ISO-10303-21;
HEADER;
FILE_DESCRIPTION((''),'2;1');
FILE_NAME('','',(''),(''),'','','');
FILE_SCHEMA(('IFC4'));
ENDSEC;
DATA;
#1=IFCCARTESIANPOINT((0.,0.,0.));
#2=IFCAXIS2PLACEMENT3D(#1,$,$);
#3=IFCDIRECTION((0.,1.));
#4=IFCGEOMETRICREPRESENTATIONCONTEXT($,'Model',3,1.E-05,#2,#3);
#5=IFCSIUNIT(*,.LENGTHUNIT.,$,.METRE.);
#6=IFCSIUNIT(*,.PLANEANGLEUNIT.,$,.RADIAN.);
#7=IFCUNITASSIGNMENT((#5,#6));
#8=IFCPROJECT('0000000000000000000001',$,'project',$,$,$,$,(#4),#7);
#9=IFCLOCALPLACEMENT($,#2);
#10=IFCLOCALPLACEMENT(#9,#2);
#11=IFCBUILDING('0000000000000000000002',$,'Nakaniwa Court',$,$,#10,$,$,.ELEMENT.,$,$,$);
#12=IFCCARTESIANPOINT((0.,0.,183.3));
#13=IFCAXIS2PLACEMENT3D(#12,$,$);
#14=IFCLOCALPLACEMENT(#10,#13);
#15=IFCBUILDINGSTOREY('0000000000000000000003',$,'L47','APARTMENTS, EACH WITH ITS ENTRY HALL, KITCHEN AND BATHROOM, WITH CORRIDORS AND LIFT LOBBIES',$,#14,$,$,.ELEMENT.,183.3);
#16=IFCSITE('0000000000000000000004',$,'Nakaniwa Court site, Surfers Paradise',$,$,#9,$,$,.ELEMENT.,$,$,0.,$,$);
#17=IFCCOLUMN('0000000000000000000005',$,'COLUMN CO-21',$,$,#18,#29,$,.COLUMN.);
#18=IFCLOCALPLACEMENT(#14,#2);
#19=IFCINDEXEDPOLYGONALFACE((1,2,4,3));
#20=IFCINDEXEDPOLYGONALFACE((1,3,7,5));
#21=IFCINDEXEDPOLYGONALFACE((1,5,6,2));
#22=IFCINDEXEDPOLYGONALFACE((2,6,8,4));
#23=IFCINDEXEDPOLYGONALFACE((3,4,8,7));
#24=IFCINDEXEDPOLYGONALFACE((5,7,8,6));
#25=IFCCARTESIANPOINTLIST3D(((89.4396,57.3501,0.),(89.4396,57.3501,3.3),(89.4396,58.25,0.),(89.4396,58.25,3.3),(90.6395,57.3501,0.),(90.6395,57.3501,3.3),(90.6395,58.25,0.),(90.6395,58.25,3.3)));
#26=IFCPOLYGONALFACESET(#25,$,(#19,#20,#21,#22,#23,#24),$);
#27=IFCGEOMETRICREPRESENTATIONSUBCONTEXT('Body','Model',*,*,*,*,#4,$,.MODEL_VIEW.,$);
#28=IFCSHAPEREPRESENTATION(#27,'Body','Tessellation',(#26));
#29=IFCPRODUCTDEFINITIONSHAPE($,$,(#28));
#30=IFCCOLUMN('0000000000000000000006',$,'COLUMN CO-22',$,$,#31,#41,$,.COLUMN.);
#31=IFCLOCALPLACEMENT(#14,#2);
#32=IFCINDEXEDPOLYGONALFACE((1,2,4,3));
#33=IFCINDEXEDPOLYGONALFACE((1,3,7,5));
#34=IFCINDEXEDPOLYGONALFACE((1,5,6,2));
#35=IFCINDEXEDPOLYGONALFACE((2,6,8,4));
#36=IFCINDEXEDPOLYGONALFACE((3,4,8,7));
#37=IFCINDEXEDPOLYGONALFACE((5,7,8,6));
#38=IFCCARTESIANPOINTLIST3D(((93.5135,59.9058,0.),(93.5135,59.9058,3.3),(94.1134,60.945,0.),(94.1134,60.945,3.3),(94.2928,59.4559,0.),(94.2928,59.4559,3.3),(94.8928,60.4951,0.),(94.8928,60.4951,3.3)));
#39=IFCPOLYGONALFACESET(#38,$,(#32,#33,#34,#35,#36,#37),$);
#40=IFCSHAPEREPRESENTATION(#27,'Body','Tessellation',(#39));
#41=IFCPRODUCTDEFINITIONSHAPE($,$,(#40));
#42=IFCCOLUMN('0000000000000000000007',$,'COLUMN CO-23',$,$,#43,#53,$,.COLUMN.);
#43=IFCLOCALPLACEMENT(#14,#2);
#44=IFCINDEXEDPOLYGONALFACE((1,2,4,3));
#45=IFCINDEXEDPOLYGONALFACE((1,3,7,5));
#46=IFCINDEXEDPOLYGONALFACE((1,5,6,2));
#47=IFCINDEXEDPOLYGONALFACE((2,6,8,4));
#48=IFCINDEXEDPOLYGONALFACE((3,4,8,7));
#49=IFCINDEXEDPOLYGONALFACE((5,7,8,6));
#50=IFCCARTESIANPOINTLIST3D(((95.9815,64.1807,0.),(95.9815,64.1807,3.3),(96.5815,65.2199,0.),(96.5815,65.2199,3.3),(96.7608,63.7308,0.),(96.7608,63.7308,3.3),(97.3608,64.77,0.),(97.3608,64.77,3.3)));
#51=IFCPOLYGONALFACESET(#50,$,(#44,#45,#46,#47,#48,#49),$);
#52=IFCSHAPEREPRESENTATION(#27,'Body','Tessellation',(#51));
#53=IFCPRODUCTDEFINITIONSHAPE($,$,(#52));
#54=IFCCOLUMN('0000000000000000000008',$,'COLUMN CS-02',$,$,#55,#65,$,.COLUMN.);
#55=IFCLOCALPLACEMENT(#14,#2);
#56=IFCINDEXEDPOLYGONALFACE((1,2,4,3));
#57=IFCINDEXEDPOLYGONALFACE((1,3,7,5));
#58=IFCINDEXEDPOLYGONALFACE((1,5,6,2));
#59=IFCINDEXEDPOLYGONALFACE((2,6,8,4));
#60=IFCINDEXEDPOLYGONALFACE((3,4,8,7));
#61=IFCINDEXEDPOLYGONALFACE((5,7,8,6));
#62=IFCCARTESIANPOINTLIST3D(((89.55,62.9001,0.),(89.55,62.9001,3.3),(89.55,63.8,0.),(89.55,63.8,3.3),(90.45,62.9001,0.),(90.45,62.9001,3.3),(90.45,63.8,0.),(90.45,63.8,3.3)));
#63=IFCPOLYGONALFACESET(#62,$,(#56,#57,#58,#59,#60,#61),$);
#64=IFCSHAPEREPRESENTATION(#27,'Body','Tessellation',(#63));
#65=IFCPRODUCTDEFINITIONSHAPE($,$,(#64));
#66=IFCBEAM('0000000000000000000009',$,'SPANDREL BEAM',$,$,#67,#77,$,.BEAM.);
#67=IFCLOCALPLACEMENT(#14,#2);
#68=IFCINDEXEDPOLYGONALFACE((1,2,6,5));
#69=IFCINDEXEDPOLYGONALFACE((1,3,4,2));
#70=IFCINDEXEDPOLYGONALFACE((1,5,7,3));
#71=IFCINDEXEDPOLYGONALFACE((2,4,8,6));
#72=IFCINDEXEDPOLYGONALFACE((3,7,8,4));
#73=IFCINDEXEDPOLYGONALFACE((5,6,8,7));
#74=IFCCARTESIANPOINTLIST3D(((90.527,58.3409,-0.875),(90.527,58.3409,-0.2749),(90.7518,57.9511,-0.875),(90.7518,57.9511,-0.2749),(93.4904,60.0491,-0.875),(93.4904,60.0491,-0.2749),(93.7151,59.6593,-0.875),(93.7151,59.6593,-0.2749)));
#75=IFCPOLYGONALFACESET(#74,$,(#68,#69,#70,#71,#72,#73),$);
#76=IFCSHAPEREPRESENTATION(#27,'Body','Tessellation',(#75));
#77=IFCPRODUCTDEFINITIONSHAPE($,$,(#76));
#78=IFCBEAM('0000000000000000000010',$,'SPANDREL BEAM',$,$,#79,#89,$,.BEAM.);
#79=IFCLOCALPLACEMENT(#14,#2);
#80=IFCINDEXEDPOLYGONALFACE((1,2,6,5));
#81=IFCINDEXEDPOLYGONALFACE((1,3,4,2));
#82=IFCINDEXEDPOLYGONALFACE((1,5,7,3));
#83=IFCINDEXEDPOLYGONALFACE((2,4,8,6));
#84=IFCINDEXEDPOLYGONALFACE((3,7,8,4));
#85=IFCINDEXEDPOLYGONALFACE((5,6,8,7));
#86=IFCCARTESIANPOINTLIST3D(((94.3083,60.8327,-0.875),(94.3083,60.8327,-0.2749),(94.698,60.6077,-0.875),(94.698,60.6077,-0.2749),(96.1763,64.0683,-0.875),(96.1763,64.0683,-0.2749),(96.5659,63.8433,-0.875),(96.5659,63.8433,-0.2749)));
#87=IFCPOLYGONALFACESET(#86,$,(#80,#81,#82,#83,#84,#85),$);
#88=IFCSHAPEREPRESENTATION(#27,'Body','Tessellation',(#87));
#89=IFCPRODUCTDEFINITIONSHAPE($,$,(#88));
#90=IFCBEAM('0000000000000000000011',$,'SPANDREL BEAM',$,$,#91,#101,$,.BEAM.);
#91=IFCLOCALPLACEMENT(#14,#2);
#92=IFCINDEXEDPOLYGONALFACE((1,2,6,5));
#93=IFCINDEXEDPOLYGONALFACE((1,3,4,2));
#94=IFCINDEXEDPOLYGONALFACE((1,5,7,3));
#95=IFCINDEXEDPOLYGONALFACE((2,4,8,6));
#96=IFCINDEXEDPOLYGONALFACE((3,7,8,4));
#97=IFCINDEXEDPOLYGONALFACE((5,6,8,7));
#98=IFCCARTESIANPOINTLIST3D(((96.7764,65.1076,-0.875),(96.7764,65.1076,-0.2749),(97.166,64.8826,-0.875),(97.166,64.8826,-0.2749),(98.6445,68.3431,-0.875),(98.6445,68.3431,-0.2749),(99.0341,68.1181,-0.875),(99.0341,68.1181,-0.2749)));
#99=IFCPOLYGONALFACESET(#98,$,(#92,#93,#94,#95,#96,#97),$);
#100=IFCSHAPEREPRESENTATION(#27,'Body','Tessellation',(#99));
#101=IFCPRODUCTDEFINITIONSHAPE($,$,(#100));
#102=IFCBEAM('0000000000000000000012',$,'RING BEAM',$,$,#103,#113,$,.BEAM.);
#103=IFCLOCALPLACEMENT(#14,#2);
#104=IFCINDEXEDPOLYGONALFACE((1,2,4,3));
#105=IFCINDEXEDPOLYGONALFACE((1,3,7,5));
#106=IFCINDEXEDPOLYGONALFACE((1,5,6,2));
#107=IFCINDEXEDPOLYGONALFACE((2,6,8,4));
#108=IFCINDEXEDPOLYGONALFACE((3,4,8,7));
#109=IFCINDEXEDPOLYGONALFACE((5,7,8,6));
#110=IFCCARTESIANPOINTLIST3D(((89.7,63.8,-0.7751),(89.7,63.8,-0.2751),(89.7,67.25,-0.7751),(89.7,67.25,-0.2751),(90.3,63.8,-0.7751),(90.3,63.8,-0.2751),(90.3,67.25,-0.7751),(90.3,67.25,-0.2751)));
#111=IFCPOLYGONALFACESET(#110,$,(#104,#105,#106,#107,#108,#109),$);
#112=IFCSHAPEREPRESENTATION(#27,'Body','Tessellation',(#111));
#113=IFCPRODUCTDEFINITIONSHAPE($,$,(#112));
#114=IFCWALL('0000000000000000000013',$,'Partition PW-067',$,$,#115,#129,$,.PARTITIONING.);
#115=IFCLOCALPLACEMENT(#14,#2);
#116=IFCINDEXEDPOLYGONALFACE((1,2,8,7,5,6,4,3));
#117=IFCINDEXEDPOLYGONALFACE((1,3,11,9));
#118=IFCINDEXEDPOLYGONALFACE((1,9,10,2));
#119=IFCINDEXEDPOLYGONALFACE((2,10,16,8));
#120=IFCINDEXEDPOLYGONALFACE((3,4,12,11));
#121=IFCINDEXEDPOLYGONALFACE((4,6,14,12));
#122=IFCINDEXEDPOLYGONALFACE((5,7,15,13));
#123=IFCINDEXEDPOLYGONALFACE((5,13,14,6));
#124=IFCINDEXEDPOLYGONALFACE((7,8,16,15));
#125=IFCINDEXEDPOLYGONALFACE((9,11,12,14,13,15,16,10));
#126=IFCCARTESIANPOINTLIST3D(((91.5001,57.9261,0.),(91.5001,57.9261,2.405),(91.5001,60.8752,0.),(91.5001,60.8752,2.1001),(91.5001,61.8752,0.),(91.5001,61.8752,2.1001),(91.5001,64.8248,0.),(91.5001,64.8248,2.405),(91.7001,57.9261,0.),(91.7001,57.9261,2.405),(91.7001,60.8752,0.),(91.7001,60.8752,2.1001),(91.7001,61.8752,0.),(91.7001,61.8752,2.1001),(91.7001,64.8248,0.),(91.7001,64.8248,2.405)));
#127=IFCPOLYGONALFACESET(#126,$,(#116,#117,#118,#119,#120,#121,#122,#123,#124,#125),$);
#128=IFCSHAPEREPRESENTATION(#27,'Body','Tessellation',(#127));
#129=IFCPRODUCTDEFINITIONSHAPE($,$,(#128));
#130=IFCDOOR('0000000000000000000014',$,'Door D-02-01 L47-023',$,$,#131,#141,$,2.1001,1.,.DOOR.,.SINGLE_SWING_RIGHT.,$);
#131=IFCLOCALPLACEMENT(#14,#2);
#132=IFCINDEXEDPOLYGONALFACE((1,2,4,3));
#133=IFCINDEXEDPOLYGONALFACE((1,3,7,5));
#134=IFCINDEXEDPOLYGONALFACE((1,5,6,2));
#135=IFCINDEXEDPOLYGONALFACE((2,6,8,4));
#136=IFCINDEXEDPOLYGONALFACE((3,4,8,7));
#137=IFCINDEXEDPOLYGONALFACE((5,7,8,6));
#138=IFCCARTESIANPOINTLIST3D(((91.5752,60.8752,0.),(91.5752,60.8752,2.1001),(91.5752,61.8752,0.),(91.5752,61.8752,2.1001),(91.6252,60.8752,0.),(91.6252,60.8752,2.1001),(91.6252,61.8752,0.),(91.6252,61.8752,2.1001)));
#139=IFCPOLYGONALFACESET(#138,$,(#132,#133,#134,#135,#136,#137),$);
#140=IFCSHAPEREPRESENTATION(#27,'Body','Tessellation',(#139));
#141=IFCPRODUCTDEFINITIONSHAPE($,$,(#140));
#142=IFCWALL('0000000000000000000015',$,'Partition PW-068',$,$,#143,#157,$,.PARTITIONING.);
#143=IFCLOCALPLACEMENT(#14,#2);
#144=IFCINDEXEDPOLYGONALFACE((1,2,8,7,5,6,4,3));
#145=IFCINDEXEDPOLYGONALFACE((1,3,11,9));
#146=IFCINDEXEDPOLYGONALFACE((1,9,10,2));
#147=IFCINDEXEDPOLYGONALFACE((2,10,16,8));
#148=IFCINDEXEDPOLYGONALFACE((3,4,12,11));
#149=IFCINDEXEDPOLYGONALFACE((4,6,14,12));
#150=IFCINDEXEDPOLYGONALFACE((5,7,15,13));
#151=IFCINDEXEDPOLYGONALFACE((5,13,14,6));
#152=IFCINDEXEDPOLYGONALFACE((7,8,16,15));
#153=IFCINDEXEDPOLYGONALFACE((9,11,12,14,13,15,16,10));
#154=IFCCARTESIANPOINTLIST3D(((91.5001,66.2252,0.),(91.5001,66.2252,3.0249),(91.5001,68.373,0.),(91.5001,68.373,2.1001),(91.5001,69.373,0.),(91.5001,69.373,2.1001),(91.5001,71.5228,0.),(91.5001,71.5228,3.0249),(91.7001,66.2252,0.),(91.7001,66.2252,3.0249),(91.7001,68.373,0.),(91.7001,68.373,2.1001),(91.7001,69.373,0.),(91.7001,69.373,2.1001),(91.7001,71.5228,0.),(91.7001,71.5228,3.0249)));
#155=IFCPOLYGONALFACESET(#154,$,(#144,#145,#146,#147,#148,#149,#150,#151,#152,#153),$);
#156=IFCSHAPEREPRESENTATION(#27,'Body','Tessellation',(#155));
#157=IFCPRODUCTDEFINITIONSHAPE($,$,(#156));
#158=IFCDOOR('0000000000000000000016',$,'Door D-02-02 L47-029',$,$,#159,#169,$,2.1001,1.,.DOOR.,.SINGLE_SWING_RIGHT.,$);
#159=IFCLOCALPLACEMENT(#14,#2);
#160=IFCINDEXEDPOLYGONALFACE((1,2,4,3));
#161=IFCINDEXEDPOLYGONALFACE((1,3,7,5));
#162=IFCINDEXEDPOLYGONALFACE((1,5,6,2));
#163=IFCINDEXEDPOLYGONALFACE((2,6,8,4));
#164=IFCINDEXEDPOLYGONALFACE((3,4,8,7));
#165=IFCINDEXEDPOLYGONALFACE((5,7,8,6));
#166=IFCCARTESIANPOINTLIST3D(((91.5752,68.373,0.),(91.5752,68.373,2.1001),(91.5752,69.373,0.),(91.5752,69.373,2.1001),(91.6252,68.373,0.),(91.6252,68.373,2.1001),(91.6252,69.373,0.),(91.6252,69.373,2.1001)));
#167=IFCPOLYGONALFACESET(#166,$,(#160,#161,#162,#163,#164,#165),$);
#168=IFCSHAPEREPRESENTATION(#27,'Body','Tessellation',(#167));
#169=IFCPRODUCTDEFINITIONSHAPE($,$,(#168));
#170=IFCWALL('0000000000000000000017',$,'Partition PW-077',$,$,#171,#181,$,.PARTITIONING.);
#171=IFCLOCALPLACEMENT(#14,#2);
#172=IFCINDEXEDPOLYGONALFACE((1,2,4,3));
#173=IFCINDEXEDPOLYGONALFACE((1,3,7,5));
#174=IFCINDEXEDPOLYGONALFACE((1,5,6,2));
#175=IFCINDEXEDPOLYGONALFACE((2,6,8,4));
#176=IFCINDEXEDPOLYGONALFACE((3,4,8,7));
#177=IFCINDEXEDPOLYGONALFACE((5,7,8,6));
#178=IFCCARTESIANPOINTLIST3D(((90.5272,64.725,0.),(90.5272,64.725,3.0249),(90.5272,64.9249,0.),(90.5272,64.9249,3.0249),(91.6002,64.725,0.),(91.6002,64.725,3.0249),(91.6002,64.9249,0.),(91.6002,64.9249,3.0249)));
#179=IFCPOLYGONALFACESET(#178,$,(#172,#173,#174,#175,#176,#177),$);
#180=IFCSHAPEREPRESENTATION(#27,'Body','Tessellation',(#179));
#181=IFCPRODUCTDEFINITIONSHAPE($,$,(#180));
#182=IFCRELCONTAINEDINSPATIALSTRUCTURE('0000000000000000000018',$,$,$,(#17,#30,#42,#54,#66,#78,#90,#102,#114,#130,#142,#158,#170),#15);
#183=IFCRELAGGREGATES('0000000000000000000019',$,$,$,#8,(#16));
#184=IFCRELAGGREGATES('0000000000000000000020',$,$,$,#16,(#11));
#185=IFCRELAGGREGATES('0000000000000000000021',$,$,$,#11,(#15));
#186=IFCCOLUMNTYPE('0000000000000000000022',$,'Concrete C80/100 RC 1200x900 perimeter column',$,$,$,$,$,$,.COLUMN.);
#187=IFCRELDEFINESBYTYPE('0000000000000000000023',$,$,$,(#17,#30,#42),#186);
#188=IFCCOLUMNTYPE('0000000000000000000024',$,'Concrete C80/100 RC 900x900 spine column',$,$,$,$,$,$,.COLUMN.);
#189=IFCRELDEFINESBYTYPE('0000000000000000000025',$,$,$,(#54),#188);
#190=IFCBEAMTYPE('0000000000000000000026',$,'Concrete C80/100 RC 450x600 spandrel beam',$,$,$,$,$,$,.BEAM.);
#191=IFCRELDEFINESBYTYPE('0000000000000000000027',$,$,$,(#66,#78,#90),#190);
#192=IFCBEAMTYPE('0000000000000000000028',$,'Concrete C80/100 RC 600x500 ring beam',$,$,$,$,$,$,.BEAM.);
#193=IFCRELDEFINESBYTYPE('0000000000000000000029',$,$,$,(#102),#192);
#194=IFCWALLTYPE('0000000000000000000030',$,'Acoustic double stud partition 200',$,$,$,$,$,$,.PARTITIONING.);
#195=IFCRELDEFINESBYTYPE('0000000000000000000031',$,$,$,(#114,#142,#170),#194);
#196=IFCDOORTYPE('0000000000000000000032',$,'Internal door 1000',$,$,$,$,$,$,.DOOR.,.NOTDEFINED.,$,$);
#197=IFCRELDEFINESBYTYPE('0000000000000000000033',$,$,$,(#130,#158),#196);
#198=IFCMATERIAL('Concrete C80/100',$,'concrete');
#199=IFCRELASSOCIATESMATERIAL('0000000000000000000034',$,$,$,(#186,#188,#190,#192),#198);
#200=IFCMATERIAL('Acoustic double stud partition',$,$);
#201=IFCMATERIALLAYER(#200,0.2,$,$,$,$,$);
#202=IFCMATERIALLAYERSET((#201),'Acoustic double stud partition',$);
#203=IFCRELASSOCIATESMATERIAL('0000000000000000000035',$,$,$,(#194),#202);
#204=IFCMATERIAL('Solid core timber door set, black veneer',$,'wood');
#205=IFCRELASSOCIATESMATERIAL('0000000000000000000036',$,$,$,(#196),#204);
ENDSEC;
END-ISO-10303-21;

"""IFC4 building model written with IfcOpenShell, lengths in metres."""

from ifc_helpers import new_model, si_unit, direction, frame, frame_2d, origin, origin_2d, place, context, subcontext, project, spatial, rectangle, extrude, material, layer, layer_set, material_profile, profile_set, type_object, element, fill, save


model = new_model("IFC4")

# Units and contexts
model_context = context("Model", 3, precision=1e-05, world=origin(), true_north=direction((0.0, 1.0)))
body_context = subcontext(model_context, "Body", "Model", "MODEL_VIEW")
ifc_project = project(units=[si_unit("LENGTHUNIT", "METRE"), si_unit("PLANEANGLEUNIT", "RADIAN")], contexts=[model_context])

# Site, building, storey
site_placement = place(None, origin())
site = spatial("IfcSite", under=ifc_project, at=site_placement, Name="Nakaniwa Court site, Surfers Paradise", CompositionType="ELEMENT", RefElevation=0.0)
building_placement = place(site_placement, origin())
building = spatial("IfcBuilding", under=site, at=building_placement, Name="Nakaniwa Court", CompositionType="ELEMENT")
storey_placement = place(building_placement, frame((0.0, 0.0, 183.3)))
storey = spatial("IfcBuildingStorey", under=building, at=storey_placement, Name="L47", Description="APARTMENTS, EACH WITH ITS ENTRY HALL, KITCHEN AND BATHROOM, WITH CORRIDORS AND LIFT LOBBIES", CompositionType="ELEMENT", Elevation=183.3)

# Columns
ifc_material_1 = material(Name="Concrete C80/100", Category="concrete")
ifc_material_profile_1 = material_profile(ifc_material_1, rectangle(XDim=1.2, YDim=0.8999, at=origin_2d()), Name="Concrete C80/100 RC 1200x900 perimeter column")
ifc_profile_set_1 = profile_set([ifc_material_profile_1], Name="Concrete C80/100")
column_type_1 = type_object("IfcColumnType", Name="Concrete C80/100 RC 1200x900 perimeter column", PredefinedType="COLUMN", material=ifc_profile_set_1)
for number, where, z_axis, x_axis, name in (
    (1, (90.0396, 57.8, 0.0), (0.0, 0.0, 1.0), (1.0, 0.0, 0.0), "COLUMN CO-21"),
    (2, (94.2031, 60.2004, 0.0), (0.0, 0.0, 1.0), (0.5, 0.866025, 0.0), "COLUMN CO-22"),
    (3, (96.6711, 64.4753, 0.0), (0.0, 0.0, 1.0), (0.5, 0.866025, 0.0), "COLUMN CO-23"),
):
    element("IfcColumn", number, at=place(storey_placement, frame(where, z_axis=z_axis, x_axis=x_axis)), inside=storey, type_object=column_type_1, Name=name, PredefinedType="COLUMN", context=body_context, shape_type="SweptSolid", body=[
        extrude(rectangle(XDim=1.2, YDim=0.8999, at=origin_2d()), origin(), (0.0, 0.0, 1.0), 3.3),
    ])
ifc_material_profile_2 = material_profile(ifc_material_1, rectangle(XDim=0.8999, YDim=0.8999, at=origin_2d()), Name="Concrete C80/100 RC 900x900 spine column")
ifc_profile_set_2 = profile_set([ifc_material_profile_2], Name="Concrete C80/100")
column_type_2 = type_object("IfcColumnType", Name="Concrete C80/100 RC 900x900 spine column", PredefinedType="COLUMN", material=ifc_profile_set_2)
column_placement = place(storey_placement, frame((90.0, 63.3501, 0.0), z_axis=(0.0, 0.0, 1.0), x_axis=(0.0, 1.0, 0.0)))
element("IfcColumn", 4, at=column_placement, inside=storey, type_object=column_type_2, Name="COLUMN CS-02", PredefinedType="COLUMN", context=body_context, shape_type="SweptSolid", body=[
    extrude(rectangle(XDim=0.8999, YDim=0.8999, at=origin_2d()), origin(), (0.0, 0.0, 1.0), 3.3),
])

# Beams
ifc_material_profile_3 = material_profile(ifc_material_1, rectangle(XDim=0.45, YDim=0.6001, at=origin_2d()), Name="Concrete C80/100 RC 450x600 spandrel beam")
ifc_profile_set_3 = profile_set([ifc_material_profile_3], Name="Concrete C80/100")
beam_type_1 = type_object("IfcBeamType", Name="Concrete C80/100 RC 450x600 spandrel beam", PredefinedType="BEAM", material=ifc_profile_set_3)
beam_1_placement = place(storey_placement, frame((90.6394, 58.146, -0.575), z_axis=(0.866361, 0.499418, 0.0), x_axis=(-0.499418, 0.866361, 0.0)))
element("IfcBeam", 5, at=beam_1_placement, inside=storey, type_object=beam_type_1, Name="SPANDREL BEAM", PredefinedType="BEAM", context=body_context, shape_type="SweptSolid", body=[
    extrude(rectangle(XDim=0.45, YDim=0.6001, at=origin_2d()), origin(), (0.0, 0.0, 1.0), 3.4204),
])
for number, where, z_axis, x_axis, name in (
    (6, (94.5032, 60.7202, -0.575), (0.499969, 0.866043, 0.0), (-0.866043, 0.499969, 0.0), "SPANDREL BEAM"),
    (7, (96.9712, 64.9951, -0.575), (0.500018, 0.866015, 0.0), (-0.866015, 0.500018, 0.0), "SPANDREL BEAM"),
):
    element("IfcBeam", number, at=place(storey_placement, frame(where, z_axis=z_axis, x_axis=x_axis)), inside=storey, type_object=beam_type_1, Name=name, PredefinedType="BEAM", context=body_context, shape_type="SweptSolid", body=[
        extrude(rectangle(XDim=0.45, YDim=0.6001, at=origin_2d()), origin(), (0.0, 0.0, 1.0), 3.7361),
    ])
ifc_material_profile_4 = material_profile(ifc_material_1, rectangle(XDim=0.6001, YDim=0.5, at=origin_2d()), Name="Concrete C80/100 RC 600x500 ring beam")
ifc_profile_set_4 = profile_set([ifc_material_profile_4], Name="Concrete C80/100")
beam_type_2 = type_object("IfcBeamType", Name="Concrete C80/100 RC 600x500 ring beam", PredefinedType="BEAM", material=ifc_profile_set_4)
beam_2_placement = place(storey_placement, frame((90.0, 63.8, -0.5251), z_axis=(0.0, 1.0, 0.0), x_axis=(-1.0, 0.0, 0.0)))
element("IfcBeam", 8, at=beam_2_placement, inside=storey, type_object=beam_type_2, Name="RING BEAM", PredefinedType="BEAM", context=body_context, shape_type="SweptSolid", body=[
    extrude(rectangle(XDim=0.6001, YDim=0.5, at=origin_2d()), origin(), (0.0, 0.0, 1.0), 3.45),
])

# Walls, openings, doors
ifc_material_2 = material(Name="Acoustic double stud partition")
ifc_layer_1 = layer(ifc_material_2, 0.2)
ifc_layer_set_1 = layer_set([ifc_layer_1], Name="Acoustic double stud partition")
wall_type_1 = type_object("IfcWallType", Name="Acoustic double stud partition 200", PredefinedType="PARTITIONING", material=ifc_layer_set_1)
wall_1_placement = place(storey_placement, frame((91.6001, 57.9263, 0.0), z_axis=(0.0, 0.0, 1.0), x_axis=(0.0, 1.0, 0.0)))
wall_1 = element("IfcWall", 9, at=wall_1_placement, inside=storey, type_object=wall_type_1, Name="Partition PW-067", PredefinedType="PARTITIONING", context=body_context, shape_type="SweptSolid", body=[
    extrude(rectangle(XDim=6.8987, YDim=0.2, at=frame_2d((3.4492, 0.0))), origin(), (0.0, 0.0, 1.0), 2.405),
])
opening_1_placement = place(wall_1_placement, frame((2.949, 0.0, 0.0)))
opening_1 = element("IfcOpeningElement", 10, at=opening_1_placement, cuts=wall_1, PredefinedType="OPENING", context=body_context, shape_type="SweptSolid", body=[
    extrude(rectangle(XDim=1.0, YDim=2.1001, at=frame_2d((0.5, 1.05))), frame((0.0, 0.1099, 0.0), z_axis=(0.0, -1.0, 0.0), x_axis=(1.0, 0.0, 0.0)), (0.0, 0.0, 1.0), 0.22),
])
ifc_material_3 = material(Name="Solid core timber door set, black veneer", Category="wood")
door_type_1 = type_object("IfcDoorType", Name="Internal door 1000", OperationType="NOTDEFINED", PredefinedType="DOOR", material=ifc_material_3)
door_1_placement = place(opening_1_placement, origin())
door_1 = element("IfcDoor", 11, at=door_1_placement, inside=storey, type_object=door_type_1, Name="Door D-02-01 L47-023", OperationType="SINGLE_SWING_RIGHT", OverallHeight=2.1001, OverallWidth=1.0, PredefinedType="DOOR", context=body_context, shape_type="SweptSolid", body=[
    extrude(rectangle(XDim=1.0, YDim=2.1001, at=frame_2d((0.5, 1.05))), frame((0.0, 0.0249, 0.0), z_axis=(0.0, -1.0, 0.0), x_axis=(1.0, 0.0, 0.0)), (0.0, 0.0, 1.0), 0.05),
])
fill(opening_1, door_1)
wall_2_placement = place(storey_placement, frame((91.6001, 66.2251, 0.0), z_axis=(0.0, 0.0, 1.0), x_axis=(0.0, 1.0, 0.0)))
wall_2 = element("IfcWall", 12, at=wall_2_placement, inside=storey, type_object=wall_type_1, Name="Partition PW-068", PredefinedType="PARTITIONING", context=body_context, shape_type="SweptSolid", body=[
    extrude(rectangle(XDim=5.2976, YDim=0.2, at=frame_2d((2.6489, 0.0))), origin(), (0.0, 0.0, 1.0), 3.0249),
])
opening_2_placement = place(wall_2_placement, frame((2.1479, 0.0, 0.0)))
opening_2 = element("IfcOpeningElement", 13, at=opening_2_placement, cuts=wall_2, PredefinedType="OPENING", context=body_context, shape_type="SweptSolid", body=[
    extrude(rectangle(XDim=1.0, YDim=2.1001, at=frame_2d((0.5, 1.05))), frame((0.0, 0.1099, 0.0), z_axis=(0.0, -1.0, 0.0), x_axis=(1.0, 0.0, 0.0)), (0.0, 0.0, 1.0), 0.22),
])
door_2_placement = place(opening_2_placement, origin())
door_2 = element("IfcDoor", 14, at=door_2_placement, inside=storey, type_object=door_type_1, Name="Door D-02-02 L47-029", OperationType="SINGLE_SWING_RIGHT", OverallHeight=2.1001, OverallWidth=1.0, PredefinedType="DOOR", context=body_context, shape_type="SweptSolid", body=[
    extrude(rectangle(XDim=1.0, YDim=2.1001, at=frame_2d((0.5, 1.05))), frame((0.0, 0.0249, 0.0), z_axis=(0.0, -1.0, 0.0), x_axis=(1.0, 0.0, 0.0)), (0.0, 0.0, 1.0), 0.05),
])
fill(opening_2, door_2)

# Wall
wall_3_placement = place(storey_placement, frame((90.5271, 64.825, 0.0), z_axis=(0.0, 0.0, 1.0), x_axis=(1.0, 0.0, 0.0)))
element("IfcWall", 15, at=wall_3_placement, inside=storey, type_object=wall_type_1, Name="Partition PW-077", PredefinedType="PARTITIONING", context=body_context, shape_type="SweptSolid", body=[
    extrude(rectangle(XDim=1.073, YDim=0.2, at=frame_2d((0.5366, 0.0))), origin(), (0.0, 0.0, 1.0), 3.0249),
])

save(model, "model.ifc")
